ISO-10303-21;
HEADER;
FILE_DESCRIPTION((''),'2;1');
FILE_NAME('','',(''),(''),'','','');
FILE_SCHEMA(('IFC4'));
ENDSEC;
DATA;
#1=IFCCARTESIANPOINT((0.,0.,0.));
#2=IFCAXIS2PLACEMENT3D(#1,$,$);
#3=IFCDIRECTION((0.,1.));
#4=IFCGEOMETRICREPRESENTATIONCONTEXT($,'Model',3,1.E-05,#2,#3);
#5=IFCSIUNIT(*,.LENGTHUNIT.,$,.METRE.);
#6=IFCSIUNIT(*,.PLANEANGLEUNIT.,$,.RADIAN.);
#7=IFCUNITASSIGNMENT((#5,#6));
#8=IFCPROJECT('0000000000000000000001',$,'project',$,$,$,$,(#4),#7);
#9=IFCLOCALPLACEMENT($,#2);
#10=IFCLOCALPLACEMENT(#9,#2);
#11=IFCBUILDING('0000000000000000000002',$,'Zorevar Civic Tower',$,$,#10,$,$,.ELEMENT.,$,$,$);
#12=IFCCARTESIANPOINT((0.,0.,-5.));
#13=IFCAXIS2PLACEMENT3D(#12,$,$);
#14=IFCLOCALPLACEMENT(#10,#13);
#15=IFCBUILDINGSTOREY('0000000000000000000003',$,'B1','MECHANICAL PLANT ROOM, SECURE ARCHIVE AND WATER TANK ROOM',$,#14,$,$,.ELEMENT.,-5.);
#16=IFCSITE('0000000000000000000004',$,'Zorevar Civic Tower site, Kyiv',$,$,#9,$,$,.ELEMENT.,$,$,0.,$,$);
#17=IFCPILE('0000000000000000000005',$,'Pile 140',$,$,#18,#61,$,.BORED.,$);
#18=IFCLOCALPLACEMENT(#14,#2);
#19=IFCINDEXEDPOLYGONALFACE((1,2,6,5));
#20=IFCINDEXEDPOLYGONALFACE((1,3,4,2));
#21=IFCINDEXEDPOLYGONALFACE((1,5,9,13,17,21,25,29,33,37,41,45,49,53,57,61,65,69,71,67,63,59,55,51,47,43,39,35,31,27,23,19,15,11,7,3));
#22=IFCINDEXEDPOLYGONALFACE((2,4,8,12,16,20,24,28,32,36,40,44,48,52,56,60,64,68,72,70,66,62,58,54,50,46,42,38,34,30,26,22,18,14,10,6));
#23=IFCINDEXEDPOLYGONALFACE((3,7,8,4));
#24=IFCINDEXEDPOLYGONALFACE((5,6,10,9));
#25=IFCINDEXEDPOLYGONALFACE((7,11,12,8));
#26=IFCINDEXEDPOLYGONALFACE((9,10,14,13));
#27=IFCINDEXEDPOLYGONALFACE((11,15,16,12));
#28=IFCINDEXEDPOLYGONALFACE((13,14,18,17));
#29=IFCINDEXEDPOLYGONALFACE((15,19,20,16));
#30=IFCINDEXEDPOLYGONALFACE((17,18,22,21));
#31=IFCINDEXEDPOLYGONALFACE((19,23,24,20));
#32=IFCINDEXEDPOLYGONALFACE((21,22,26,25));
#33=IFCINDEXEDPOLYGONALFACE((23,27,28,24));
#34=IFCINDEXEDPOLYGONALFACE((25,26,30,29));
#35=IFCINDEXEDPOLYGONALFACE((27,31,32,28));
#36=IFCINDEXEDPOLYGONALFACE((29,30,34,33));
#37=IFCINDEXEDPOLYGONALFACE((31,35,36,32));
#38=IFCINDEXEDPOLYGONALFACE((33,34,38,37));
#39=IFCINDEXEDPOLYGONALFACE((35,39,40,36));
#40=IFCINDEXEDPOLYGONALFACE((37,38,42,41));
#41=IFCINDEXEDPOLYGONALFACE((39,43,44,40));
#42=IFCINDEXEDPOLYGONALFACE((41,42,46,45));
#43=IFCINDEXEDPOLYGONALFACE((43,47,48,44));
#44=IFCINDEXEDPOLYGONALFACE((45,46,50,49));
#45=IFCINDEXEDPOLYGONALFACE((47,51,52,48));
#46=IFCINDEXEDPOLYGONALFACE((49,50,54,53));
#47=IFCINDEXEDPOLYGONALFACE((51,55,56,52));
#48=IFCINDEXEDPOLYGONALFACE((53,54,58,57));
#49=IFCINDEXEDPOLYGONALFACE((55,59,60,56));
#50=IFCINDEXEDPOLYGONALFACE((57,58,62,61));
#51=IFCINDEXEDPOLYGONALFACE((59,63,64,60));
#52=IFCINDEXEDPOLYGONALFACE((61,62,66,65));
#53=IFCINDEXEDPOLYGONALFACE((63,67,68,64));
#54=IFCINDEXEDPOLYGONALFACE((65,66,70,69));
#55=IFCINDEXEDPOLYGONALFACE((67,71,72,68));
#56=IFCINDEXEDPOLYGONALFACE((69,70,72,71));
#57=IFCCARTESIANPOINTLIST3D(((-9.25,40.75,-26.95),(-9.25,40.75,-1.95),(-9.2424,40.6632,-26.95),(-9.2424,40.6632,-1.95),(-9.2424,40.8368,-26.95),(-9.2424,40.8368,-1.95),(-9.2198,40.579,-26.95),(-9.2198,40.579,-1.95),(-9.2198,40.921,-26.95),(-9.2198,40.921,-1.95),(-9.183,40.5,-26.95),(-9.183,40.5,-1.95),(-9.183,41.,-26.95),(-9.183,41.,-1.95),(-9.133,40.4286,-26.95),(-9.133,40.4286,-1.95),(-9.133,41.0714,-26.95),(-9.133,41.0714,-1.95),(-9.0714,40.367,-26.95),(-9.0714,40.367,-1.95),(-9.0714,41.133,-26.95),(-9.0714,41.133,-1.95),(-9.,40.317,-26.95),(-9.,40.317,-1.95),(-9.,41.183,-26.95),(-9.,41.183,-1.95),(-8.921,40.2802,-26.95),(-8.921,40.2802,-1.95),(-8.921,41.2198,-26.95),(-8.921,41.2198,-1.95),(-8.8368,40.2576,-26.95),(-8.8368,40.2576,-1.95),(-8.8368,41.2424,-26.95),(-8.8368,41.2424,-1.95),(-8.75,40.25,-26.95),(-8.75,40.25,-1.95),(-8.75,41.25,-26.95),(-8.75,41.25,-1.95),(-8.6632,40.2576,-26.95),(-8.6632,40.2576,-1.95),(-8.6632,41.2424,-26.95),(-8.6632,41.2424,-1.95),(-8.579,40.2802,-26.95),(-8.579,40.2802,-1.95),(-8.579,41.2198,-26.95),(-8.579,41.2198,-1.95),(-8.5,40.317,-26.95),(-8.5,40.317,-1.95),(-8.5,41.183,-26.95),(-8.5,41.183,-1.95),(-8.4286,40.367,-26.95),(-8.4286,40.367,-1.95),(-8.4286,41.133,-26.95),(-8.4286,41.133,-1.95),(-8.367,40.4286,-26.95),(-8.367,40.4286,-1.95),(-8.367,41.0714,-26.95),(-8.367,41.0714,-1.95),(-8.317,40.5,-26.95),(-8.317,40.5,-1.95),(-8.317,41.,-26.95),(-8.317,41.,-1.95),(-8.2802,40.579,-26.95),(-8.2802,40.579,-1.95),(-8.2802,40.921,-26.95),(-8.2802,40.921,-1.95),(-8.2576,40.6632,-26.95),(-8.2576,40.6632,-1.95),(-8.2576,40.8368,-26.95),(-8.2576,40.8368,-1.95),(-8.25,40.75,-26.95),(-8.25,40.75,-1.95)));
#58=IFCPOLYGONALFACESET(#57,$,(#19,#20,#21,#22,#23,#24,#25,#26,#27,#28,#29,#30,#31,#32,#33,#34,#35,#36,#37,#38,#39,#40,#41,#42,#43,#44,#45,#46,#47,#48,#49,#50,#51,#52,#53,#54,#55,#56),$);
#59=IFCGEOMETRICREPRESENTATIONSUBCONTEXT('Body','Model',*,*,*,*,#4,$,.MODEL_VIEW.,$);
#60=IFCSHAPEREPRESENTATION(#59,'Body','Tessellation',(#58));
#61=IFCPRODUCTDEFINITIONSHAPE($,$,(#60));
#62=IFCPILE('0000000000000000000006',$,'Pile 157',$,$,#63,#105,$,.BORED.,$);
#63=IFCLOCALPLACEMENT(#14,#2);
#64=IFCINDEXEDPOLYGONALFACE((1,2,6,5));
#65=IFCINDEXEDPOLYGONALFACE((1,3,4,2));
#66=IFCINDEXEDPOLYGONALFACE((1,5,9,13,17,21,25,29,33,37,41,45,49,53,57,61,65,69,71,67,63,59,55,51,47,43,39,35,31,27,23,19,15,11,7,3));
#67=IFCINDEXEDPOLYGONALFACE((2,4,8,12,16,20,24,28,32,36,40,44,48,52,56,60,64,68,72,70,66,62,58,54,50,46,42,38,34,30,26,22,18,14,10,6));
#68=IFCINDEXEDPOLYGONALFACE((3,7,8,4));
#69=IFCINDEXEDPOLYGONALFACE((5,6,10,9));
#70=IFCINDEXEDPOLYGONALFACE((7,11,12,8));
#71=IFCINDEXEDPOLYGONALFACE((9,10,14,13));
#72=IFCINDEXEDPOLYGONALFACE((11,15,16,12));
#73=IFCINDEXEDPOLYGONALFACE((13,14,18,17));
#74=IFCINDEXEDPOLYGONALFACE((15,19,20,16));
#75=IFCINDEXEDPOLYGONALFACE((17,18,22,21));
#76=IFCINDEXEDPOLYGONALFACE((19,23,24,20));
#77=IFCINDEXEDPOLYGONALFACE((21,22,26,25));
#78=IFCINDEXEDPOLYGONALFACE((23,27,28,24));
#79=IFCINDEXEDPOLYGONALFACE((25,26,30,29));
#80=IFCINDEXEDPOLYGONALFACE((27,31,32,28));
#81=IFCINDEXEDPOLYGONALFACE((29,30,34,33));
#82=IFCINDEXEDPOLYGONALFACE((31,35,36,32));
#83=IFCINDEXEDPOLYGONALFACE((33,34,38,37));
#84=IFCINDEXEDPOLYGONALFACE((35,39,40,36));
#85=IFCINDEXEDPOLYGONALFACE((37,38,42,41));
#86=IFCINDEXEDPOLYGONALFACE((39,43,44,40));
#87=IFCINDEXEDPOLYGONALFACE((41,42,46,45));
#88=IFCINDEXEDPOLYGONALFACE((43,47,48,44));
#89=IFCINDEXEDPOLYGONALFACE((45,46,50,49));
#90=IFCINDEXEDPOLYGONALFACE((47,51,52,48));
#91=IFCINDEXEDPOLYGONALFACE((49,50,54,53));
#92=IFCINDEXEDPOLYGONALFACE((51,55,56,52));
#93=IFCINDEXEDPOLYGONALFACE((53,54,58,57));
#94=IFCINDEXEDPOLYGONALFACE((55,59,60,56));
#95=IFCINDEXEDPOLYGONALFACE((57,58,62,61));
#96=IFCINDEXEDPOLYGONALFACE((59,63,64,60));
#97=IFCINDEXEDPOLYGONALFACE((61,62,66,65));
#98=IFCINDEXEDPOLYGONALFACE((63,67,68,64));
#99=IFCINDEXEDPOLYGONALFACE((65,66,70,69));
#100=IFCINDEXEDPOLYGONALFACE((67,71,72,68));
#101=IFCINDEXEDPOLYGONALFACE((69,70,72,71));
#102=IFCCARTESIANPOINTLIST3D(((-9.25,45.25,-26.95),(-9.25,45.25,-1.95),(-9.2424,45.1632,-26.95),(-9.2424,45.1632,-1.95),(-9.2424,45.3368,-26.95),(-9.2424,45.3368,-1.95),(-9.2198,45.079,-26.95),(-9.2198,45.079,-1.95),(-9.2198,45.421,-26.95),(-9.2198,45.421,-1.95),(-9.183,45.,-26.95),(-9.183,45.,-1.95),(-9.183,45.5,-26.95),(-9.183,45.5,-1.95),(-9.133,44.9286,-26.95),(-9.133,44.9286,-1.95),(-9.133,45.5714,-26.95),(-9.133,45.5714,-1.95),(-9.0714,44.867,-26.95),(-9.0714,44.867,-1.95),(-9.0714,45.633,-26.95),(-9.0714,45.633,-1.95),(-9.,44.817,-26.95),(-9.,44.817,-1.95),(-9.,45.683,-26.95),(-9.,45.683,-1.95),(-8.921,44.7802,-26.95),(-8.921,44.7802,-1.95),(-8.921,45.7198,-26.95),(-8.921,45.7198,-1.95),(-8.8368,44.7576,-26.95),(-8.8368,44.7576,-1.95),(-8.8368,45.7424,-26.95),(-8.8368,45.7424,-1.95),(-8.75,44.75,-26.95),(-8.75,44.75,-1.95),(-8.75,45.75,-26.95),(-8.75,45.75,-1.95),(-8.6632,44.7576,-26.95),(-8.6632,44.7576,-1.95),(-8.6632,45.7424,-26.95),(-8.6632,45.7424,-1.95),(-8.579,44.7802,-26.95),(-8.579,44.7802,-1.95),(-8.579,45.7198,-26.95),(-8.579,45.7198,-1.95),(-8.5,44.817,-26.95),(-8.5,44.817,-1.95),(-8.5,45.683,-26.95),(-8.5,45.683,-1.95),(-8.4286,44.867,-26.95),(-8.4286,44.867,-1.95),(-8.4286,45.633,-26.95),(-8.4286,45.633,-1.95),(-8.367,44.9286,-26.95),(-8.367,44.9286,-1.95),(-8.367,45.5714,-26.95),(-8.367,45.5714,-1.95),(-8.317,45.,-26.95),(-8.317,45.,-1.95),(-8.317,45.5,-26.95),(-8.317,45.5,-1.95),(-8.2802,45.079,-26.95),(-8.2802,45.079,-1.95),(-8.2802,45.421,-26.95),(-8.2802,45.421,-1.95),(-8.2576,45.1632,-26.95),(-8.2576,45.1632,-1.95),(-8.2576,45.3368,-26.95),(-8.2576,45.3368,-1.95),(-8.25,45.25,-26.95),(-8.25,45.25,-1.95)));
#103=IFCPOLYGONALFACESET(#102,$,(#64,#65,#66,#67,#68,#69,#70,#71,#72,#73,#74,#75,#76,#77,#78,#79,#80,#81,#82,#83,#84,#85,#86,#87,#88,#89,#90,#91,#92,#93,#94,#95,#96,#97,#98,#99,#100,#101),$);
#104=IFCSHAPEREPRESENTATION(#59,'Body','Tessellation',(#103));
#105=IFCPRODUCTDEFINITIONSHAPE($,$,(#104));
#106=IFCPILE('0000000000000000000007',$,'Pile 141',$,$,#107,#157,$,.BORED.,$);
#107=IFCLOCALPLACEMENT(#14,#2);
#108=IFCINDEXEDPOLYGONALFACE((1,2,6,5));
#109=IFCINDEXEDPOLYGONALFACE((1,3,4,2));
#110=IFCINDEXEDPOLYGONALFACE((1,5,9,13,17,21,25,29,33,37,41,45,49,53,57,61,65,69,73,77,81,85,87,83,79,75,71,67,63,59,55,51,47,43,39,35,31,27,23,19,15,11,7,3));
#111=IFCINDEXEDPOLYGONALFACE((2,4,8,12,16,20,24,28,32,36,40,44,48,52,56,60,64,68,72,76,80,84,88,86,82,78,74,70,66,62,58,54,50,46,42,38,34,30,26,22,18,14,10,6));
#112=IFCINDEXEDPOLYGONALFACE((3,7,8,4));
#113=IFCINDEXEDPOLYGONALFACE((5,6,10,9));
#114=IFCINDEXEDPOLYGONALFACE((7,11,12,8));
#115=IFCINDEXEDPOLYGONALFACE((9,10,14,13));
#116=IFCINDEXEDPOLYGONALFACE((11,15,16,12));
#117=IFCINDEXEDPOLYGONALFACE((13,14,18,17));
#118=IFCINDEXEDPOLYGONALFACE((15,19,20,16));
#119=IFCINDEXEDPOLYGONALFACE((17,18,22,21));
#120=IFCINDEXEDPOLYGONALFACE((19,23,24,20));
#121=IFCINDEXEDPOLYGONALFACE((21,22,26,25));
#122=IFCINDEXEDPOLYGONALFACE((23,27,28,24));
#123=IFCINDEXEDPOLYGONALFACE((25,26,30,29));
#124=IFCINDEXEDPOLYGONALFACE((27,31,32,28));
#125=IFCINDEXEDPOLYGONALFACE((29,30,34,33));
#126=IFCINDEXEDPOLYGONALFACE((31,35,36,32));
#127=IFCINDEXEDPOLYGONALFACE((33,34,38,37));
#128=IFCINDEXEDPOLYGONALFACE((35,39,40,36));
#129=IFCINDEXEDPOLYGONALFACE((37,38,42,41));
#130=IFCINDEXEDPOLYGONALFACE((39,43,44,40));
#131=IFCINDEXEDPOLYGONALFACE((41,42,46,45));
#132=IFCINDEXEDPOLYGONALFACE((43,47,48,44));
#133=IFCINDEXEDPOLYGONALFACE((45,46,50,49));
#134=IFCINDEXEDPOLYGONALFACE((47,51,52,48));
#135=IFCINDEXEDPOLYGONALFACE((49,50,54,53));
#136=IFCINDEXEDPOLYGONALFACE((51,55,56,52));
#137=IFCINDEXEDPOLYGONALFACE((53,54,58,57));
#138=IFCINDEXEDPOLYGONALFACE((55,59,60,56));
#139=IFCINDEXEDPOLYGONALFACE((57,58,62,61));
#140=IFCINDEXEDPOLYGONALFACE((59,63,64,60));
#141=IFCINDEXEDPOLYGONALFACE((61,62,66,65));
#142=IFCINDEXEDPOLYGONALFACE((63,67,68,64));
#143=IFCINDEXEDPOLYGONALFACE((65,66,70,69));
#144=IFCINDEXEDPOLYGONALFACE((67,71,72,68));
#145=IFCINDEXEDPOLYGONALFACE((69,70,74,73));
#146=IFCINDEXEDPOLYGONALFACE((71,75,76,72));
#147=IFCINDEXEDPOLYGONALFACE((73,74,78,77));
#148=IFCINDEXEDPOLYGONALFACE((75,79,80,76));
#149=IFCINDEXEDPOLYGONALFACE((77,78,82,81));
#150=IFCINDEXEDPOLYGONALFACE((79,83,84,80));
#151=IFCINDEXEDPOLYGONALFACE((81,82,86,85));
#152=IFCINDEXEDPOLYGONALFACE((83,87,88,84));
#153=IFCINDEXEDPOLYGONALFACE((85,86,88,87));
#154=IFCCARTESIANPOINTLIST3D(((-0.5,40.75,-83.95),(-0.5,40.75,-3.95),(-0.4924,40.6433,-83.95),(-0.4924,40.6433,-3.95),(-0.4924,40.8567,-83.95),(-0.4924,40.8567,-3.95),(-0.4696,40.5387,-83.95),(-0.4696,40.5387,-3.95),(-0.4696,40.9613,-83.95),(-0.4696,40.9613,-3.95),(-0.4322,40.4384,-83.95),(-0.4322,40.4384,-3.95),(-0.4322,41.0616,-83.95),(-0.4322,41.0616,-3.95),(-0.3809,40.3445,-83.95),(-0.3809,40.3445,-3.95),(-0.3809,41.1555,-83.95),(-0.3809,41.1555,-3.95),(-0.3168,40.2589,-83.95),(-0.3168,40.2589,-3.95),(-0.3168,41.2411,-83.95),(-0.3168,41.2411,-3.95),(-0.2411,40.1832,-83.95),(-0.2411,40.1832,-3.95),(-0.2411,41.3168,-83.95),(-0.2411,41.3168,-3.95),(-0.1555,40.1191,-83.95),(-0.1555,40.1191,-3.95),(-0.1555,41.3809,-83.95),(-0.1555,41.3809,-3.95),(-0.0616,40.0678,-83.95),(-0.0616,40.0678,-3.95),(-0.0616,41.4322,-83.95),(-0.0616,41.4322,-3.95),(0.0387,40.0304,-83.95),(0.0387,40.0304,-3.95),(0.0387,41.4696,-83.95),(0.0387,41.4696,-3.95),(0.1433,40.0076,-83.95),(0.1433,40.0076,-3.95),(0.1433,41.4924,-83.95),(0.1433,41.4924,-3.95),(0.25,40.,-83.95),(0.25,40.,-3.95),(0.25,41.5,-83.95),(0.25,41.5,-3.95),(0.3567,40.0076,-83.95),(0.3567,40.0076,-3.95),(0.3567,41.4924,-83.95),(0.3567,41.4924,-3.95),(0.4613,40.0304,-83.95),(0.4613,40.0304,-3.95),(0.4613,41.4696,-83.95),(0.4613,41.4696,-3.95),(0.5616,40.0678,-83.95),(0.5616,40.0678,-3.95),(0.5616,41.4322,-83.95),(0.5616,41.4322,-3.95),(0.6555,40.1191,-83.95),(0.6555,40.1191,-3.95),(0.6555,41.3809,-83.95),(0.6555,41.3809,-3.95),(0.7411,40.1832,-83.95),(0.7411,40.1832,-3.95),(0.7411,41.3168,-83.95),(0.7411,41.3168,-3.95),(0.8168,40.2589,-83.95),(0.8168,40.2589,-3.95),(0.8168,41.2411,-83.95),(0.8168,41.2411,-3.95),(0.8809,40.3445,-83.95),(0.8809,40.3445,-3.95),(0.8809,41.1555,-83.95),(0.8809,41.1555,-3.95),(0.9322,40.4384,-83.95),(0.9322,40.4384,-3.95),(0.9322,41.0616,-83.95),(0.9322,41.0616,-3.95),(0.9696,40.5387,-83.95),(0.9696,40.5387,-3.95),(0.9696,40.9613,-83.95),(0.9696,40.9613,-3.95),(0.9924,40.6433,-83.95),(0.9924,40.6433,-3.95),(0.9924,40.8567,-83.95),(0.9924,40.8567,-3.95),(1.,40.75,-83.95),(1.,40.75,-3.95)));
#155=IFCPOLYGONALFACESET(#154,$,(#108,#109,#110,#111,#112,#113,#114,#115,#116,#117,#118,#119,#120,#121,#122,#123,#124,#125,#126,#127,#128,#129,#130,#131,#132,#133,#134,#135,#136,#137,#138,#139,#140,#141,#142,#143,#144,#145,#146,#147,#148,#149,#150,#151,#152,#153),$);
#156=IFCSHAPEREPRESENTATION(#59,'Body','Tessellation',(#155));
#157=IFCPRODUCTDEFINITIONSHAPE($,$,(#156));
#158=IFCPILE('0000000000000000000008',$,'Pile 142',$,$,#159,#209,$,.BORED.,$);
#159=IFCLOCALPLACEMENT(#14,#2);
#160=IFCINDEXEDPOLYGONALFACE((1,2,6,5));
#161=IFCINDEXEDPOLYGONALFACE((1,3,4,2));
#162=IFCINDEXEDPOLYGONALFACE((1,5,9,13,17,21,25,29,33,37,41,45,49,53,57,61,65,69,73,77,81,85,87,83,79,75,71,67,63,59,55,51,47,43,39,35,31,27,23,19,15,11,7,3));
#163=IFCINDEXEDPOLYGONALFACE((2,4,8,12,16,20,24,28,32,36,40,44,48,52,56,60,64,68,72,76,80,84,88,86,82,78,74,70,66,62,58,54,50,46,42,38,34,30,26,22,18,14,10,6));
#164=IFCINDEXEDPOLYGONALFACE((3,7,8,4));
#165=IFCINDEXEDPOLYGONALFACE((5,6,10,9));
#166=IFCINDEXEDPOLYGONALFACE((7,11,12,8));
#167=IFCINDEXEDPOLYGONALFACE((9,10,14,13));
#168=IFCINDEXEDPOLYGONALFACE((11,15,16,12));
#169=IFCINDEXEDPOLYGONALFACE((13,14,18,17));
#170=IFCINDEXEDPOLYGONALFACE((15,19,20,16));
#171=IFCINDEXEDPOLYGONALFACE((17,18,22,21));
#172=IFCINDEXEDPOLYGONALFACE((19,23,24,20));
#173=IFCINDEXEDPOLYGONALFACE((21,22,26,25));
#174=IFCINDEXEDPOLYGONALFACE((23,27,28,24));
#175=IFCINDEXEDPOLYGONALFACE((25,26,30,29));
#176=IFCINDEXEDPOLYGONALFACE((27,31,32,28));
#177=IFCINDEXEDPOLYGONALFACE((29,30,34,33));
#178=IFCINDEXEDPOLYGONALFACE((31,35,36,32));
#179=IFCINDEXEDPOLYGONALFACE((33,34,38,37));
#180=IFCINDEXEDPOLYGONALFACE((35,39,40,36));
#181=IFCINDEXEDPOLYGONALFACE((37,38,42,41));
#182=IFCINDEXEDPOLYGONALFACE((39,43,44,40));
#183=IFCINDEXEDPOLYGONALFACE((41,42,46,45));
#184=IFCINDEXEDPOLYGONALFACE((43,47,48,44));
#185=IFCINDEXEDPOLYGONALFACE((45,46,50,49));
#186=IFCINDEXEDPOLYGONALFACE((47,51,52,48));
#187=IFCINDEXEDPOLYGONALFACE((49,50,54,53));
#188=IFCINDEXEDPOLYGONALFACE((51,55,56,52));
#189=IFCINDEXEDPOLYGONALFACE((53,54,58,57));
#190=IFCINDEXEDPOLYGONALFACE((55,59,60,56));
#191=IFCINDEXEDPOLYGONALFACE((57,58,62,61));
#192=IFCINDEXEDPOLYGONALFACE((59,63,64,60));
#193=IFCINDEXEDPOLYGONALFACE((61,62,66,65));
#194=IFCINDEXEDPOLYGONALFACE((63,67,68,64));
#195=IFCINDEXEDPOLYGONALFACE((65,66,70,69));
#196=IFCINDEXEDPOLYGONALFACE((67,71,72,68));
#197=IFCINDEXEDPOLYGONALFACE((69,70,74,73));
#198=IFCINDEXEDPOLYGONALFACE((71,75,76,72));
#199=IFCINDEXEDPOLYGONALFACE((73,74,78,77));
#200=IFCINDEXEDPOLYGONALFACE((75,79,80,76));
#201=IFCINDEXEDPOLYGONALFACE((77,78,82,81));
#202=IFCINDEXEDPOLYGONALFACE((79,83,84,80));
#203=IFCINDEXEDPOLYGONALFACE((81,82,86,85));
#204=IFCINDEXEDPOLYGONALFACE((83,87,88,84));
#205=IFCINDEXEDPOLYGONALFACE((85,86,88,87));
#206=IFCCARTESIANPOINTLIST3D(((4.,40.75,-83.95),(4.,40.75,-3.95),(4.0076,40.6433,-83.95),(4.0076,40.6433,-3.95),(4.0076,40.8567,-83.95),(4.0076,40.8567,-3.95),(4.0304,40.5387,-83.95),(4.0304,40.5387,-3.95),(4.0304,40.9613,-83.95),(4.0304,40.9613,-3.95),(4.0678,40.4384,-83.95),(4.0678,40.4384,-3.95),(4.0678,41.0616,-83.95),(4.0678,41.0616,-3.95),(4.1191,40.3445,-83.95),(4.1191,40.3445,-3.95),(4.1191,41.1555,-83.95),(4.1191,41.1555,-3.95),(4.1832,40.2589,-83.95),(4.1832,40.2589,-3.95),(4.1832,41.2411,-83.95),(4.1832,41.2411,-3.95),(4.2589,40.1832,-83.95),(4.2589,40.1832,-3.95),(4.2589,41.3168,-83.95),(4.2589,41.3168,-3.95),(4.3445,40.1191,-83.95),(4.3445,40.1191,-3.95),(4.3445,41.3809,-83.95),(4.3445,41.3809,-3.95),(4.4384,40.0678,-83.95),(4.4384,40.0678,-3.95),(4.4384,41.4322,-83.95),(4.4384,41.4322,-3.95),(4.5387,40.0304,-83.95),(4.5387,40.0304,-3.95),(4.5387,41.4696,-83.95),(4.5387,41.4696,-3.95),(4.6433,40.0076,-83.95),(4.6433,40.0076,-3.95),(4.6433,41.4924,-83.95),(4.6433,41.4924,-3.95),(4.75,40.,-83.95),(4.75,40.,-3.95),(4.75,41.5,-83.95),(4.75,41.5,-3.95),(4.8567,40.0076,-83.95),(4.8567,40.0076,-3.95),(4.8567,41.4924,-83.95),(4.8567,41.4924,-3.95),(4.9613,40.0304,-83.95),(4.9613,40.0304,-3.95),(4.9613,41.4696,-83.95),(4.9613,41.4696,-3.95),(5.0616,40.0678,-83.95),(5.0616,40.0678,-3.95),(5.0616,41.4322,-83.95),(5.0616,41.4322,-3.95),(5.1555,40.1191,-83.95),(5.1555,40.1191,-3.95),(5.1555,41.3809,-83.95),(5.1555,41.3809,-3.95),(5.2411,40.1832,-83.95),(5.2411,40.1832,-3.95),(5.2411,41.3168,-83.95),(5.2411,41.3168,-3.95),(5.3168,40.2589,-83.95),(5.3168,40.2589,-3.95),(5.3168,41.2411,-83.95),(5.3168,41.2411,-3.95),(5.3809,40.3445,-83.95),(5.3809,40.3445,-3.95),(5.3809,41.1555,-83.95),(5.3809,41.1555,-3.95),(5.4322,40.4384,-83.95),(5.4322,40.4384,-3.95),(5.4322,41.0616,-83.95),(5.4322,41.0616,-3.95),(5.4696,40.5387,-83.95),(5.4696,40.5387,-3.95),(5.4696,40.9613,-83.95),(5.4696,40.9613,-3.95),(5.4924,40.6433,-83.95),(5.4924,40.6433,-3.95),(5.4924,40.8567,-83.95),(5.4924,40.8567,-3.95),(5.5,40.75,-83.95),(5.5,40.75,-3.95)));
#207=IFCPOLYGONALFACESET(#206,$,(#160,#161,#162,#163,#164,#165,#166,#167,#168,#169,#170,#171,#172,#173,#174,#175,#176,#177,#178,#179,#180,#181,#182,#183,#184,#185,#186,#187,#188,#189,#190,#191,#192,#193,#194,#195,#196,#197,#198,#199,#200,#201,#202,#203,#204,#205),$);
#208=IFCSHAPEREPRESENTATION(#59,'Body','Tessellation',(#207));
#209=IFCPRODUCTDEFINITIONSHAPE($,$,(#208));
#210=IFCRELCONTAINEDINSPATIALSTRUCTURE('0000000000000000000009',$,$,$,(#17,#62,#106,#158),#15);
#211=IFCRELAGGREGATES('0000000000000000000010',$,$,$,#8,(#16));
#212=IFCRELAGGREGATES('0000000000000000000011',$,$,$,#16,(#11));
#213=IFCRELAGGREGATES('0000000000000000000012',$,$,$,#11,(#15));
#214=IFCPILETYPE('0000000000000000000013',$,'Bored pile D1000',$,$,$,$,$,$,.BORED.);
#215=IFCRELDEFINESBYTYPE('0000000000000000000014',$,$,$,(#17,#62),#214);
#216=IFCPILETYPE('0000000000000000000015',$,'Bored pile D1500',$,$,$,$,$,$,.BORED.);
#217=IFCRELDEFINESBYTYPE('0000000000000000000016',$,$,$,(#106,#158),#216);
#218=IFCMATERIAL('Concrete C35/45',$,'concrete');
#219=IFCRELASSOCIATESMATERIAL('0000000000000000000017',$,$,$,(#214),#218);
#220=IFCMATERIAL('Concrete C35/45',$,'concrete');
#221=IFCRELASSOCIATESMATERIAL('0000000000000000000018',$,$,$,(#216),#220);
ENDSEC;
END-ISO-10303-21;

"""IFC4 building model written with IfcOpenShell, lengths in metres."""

from ifc_helpers import new_model, si_unit, direction, frame, origin, origin_2d, place, context, subcontext, project, spatial, circle, extrude, material, type_object, element, save


model = new_model("IFC4")

# Units and contexts
model_context = context("Model", 3, precision=1e-05, world=origin(), true_north=direction((0.0, 1.0)))
body_context = subcontext(model_context, "Body", "Model", "MODEL_VIEW")
ifc_project = project(units=[si_unit("LENGTHUNIT", "METRE"), si_unit("PLANEANGLEUNIT", "RADIAN")], contexts=[model_context])

# Site, building, storey
site_placement = place(None, origin())
site = spatial("IfcSite", under=ifc_project, at=site_placement, Name="Zorevar Civic Tower site, Kyiv", CompositionType="ELEMENT", RefElevation=0.0)
building_placement = place(site_placement, origin())
building = spatial("IfcBuilding", under=site, at=building_placement, Name="Zorevar Civic Tower", CompositionType="ELEMENT")
storey_placement = place(building_placement, frame((0.0, 0.0, -5.0)))
storey = spatial("IfcBuildingStorey", under=building, at=storey_placement, Name="B1", Description="MECHANICAL PLANT ROOM, SECURE ARCHIVE AND WATER TANK ROOM", CompositionType="ELEMENT", Elevation=-5.0)

# Piles
ifc_material_1 = material(Name="Concrete C35/45", Category="concrete")
pile_type_1 = type_object("IfcPileType", Name="Bored pile D1000", PredefinedType="BORED", material=ifc_material_1)
for number, where, z_axis, x_axis, name in (
    (1, (-8.75, 40.75, -1.95), (0.0, 0.0, -1.0), (1.0, 0.0, 0.0), "Pile 140"),
    (2, (-8.75, 45.25, -1.95), (0.0, 0.0, -1.0), (1.0, 0.0, 0.0), "Pile 157"),
):
    element("IfcPile", number, at=place(storey_placement, frame(where, z_axis=z_axis, x_axis=x_axis)), inside=storey, type_object=pile_type_1, Name=name, PredefinedType="BORED", context=body_context, shape_type="SweptSolid", body=[
        extrude(circle(Radius=0.5, at=origin_2d()), origin(), (0.0, 0.0, 1.0), 25.0),
    ])
ifc_material_2 = material(Name="Concrete C35/45", Category="concrete")
pile_type_2 = type_object("IfcPileType", Name="Bored pile D1500", PredefinedType="BORED", material=ifc_material_2)
for number, where, z_axis, x_axis, name in (
    (3, (0.25, 40.75, -3.95), (0.0, 0.0, -1.0), (1.0, 0.0, 0.0), "Pile 141"),
    (4, (4.75, 40.75, -3.95), (0.0, 0.0, -1.0), (1.0, 0.0, 0.0), "Pile 142"),
):
    element("IfcPile", number, at=place(storey_placement, frame(where, z_axis=z_axis, x_axis=x_axis)), inside=storey, type_object=pile_type_2, Name=name, PredefinedType="BORED", context=body_context, shape_type="SweptSolid", body=[
        extrude(circle(Radius=0.75, at=origin_2d()), origin(), (0.0, 0.0, 1.0), 80.0),
    ])

save(model, "model.ifc")
